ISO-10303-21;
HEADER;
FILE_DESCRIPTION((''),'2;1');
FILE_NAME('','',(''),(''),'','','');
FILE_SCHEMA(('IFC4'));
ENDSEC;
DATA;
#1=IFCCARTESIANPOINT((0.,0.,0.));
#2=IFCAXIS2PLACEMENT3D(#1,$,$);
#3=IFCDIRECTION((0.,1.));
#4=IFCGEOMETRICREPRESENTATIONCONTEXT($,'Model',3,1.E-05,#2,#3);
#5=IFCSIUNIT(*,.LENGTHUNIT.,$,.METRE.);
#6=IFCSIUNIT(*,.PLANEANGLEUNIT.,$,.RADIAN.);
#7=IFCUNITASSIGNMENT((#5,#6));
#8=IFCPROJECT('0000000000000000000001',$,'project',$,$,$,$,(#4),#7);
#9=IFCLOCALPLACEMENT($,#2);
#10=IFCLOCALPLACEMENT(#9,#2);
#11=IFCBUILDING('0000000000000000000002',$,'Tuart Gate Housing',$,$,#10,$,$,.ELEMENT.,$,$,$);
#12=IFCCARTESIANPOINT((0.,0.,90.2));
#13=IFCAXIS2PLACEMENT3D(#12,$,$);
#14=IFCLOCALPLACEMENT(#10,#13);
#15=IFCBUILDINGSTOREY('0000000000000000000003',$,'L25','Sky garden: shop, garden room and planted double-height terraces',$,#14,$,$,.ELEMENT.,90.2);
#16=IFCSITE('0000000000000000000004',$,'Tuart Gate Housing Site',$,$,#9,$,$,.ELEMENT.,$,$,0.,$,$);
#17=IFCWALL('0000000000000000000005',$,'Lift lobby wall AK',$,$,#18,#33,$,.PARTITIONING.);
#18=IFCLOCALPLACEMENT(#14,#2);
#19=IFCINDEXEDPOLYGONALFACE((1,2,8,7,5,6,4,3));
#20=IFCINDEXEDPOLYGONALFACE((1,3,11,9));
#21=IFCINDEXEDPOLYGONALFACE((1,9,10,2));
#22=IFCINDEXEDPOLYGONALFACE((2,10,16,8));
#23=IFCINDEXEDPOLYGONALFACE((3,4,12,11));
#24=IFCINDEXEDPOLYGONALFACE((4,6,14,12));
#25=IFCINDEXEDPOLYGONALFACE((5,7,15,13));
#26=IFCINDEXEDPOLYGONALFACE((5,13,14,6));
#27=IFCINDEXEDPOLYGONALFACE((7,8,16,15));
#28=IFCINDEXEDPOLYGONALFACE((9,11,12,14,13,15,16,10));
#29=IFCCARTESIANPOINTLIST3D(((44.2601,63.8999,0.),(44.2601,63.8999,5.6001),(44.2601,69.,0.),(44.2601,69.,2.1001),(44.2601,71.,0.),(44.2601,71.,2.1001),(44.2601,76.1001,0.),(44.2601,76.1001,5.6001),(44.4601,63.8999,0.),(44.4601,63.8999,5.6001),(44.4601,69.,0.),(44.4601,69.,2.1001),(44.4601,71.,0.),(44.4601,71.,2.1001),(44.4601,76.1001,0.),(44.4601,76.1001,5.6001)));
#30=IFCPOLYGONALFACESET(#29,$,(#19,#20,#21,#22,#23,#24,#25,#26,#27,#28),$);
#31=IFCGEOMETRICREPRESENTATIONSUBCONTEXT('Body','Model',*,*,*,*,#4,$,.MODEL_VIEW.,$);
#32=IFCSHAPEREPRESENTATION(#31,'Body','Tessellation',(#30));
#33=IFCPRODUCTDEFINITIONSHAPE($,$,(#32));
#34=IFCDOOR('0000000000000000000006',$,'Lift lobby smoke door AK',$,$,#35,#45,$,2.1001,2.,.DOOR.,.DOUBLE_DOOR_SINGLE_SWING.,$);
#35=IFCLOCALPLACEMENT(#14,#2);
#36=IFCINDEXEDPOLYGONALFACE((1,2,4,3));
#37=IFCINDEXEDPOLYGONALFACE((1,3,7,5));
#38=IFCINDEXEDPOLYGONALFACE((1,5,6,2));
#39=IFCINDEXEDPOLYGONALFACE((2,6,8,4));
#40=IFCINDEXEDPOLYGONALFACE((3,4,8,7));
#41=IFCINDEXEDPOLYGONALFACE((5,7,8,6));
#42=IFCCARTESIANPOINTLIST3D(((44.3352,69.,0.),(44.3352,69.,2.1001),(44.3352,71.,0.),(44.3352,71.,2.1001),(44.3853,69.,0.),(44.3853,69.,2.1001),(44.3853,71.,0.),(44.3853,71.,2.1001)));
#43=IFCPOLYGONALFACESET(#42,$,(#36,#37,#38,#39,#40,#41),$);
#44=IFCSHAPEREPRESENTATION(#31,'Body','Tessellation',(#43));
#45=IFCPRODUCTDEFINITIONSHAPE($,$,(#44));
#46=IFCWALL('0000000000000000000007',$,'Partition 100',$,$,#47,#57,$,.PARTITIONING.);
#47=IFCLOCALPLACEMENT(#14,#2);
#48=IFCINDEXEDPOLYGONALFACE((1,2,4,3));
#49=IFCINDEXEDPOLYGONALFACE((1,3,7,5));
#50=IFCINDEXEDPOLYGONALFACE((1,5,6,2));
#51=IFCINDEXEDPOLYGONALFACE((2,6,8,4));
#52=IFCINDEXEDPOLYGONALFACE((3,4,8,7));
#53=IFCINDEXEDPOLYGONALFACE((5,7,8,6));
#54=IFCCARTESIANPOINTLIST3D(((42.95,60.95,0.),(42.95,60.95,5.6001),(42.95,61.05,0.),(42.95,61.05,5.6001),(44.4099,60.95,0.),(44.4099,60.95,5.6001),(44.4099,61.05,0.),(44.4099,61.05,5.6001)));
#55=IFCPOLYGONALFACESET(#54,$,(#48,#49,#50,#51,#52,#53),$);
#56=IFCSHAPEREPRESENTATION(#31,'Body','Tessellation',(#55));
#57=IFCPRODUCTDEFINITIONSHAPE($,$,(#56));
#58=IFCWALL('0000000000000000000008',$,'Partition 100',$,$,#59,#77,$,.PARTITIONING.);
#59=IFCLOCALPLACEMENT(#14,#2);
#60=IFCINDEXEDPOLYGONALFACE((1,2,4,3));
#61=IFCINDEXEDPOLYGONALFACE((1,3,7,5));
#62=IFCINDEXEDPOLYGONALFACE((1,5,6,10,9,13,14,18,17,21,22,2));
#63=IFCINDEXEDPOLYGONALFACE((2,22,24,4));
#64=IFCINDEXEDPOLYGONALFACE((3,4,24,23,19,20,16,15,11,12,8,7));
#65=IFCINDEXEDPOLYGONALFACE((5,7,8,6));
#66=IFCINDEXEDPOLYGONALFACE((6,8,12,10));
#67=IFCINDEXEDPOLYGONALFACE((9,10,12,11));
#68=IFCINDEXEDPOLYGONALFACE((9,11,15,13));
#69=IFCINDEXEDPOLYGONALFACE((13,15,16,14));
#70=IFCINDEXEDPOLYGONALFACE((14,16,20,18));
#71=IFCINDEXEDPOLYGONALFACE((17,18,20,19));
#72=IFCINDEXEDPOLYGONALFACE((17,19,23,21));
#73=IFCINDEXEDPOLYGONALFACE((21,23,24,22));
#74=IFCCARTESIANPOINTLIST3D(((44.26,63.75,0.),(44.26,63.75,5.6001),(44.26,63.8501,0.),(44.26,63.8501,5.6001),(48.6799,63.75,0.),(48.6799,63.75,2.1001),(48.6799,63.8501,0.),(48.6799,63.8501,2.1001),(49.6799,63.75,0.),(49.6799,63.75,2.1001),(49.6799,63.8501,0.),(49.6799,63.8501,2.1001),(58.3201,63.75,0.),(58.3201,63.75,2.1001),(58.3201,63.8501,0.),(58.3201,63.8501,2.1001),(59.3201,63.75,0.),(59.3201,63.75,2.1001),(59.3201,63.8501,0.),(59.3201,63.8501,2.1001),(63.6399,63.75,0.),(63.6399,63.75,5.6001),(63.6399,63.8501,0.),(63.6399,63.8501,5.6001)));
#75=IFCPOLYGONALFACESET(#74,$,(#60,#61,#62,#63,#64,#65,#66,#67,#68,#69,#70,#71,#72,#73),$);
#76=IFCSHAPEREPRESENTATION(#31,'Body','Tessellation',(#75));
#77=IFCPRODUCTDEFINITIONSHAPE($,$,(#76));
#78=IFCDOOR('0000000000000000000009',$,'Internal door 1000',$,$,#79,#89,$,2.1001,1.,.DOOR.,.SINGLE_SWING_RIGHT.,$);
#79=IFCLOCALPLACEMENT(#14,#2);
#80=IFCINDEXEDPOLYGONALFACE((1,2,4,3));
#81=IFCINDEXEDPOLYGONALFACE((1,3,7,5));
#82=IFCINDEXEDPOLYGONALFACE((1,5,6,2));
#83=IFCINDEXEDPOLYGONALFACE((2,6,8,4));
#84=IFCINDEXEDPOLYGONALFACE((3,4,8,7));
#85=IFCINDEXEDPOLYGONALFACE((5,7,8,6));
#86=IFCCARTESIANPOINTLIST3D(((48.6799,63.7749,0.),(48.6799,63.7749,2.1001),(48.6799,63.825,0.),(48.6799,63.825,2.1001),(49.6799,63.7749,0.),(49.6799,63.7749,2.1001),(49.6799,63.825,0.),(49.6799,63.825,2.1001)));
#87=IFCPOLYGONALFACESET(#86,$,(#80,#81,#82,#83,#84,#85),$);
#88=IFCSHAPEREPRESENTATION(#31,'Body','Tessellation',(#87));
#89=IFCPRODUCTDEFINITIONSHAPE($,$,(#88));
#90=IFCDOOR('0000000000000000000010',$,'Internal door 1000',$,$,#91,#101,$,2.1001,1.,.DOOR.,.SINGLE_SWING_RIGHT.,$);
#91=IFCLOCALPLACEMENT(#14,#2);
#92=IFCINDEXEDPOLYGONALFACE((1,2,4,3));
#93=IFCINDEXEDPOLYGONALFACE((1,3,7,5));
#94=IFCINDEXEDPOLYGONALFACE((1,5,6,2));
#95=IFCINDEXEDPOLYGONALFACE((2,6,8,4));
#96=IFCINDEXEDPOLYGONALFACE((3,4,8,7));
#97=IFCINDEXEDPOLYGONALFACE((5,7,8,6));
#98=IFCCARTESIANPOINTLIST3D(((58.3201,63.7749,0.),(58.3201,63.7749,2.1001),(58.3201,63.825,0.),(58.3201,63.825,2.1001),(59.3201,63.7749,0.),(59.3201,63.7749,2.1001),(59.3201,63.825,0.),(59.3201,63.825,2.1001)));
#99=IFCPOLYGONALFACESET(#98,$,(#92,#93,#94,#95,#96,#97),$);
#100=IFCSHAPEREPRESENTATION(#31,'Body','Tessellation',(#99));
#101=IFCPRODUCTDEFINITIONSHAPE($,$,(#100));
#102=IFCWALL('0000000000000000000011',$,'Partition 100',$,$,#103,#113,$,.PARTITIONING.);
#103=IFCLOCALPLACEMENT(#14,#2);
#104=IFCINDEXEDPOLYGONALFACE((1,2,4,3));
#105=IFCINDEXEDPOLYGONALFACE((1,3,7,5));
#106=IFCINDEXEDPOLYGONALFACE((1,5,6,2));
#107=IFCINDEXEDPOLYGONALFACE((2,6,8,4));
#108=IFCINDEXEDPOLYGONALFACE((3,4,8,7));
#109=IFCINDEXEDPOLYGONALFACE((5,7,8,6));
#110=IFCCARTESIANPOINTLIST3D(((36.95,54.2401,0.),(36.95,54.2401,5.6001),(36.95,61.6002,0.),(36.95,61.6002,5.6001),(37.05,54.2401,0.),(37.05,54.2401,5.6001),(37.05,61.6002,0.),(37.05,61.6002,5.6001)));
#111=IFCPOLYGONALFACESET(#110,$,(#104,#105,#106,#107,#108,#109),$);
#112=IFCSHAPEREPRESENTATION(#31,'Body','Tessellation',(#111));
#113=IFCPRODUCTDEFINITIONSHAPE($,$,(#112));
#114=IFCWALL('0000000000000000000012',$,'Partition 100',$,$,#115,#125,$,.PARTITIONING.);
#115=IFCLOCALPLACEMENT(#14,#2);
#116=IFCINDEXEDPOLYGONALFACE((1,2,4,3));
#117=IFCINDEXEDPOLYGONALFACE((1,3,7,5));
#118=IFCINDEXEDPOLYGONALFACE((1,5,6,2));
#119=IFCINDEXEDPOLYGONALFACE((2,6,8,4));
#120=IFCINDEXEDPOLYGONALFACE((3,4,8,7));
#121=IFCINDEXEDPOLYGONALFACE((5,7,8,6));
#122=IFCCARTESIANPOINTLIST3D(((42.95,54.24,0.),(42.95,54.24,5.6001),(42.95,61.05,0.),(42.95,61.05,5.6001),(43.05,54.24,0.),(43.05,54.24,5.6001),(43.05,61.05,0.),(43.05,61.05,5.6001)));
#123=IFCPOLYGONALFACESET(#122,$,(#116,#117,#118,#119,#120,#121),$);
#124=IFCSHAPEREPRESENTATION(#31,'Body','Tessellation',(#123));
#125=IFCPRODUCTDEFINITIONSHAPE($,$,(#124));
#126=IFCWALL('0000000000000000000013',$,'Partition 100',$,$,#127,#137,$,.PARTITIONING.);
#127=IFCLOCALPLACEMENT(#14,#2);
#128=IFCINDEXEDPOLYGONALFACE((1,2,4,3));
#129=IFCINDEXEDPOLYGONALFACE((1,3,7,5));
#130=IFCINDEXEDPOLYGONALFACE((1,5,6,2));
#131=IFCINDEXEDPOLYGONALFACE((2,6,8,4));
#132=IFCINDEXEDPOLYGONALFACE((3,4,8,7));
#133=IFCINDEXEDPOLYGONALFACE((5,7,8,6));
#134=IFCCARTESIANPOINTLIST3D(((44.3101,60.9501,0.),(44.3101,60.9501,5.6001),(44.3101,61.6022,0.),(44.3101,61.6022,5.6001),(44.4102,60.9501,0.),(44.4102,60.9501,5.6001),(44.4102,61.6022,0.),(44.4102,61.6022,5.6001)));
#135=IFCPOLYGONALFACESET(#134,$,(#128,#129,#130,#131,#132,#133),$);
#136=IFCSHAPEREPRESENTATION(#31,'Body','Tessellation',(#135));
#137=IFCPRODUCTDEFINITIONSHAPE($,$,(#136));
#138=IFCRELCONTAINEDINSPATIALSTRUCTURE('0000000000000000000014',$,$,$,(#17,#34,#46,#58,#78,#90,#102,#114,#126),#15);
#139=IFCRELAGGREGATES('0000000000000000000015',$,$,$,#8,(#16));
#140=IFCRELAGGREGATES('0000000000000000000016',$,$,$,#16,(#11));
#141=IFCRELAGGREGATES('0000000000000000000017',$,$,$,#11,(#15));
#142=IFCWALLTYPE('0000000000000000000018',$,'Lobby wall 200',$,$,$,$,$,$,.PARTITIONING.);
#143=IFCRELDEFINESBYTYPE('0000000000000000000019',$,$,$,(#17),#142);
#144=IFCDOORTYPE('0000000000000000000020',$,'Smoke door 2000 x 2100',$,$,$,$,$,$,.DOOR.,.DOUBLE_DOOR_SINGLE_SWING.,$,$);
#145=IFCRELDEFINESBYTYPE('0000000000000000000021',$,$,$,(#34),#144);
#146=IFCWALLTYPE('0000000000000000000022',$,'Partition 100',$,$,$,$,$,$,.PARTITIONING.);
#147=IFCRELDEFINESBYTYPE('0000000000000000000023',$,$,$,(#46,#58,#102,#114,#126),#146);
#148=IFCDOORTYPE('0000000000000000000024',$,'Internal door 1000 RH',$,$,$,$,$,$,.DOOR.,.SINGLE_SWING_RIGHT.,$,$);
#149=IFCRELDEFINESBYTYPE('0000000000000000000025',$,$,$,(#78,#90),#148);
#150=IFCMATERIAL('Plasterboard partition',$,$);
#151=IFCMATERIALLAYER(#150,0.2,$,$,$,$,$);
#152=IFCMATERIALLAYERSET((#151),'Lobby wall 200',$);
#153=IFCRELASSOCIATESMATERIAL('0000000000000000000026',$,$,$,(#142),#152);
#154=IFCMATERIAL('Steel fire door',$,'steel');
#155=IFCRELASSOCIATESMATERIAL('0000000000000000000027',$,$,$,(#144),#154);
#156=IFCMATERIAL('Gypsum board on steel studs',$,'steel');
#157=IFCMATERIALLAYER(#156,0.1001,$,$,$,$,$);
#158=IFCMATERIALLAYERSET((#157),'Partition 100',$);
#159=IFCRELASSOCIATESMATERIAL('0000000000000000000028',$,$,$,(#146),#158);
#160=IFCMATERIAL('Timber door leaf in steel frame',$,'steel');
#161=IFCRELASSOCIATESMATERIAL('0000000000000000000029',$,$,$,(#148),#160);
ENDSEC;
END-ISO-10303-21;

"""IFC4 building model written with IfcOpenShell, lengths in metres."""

from ifc_helpers import new_model, si_unit, direction, frame, frame_2d, origin, place, context, subcontext, project, spatial, rectangle, extrude, material, layer, layer_set, type_object, element, fill, save


model = new_model("IFC4")

# Units and contexts
model_context = context("Model", 3, precision=1e-05, world=origin(), true_north=direction((0.0, 1.0)))
body_context = subcontext(model_context, "Body", "Model", "MODEL_VIEW")
ifc_project = project(units=[si_unit("LENGTHUNIT", "METRE"), si_unit("PLANEANGLEUNIT", "RADIAN")], contexts=[model_context])

# Site, building, storey
site_placement = place(None, origin())
site = spatial("IfcSite", under=ifc_project, at=site_placement, Name="Tuart Gate Housing Site", CompositionType="ELEMENT", RefElevation=0.0)
building_placement = place(site_placement, origin())
building = spatial("IfcBuilding", under=site, at=building_placement, Name="Tuart Gate Housing", CompositionType="ELEMENT")
storey_placement = place(building_placement, frame((0.0, 0.0, 90.2)))
storey = spatial("IfcBuildingStorey", under=building, at=storey_placement, Name="L25", Description="Sky garden: shop, garden room and planted double-height terraces", CompositionType="ELEMENT", Elevation=90.2)

# Wall, opening, door
ifc_material_1 = material(Name="Plasterboard partition")
ifc_layer_1 = layer(ifc_material_1, 0.2)
ifc_layer_set_1 = layer_set([ifc_layer_1], Name="Lobby wall 200")
wall_type_1 = type_object("IfcWallType", Name="Lobby wall 200", PredefinedType="PARTITIONING", material=ifc_layer_set_1)
wall_1_placement = place(storey_placement, frame((44.3601, 63.8999, 0.0), z_axis=(0.0, 0.0, 1.0), x_axis=(0.0, 1.0, 0.0)))
wall_1 = element("IfcWall", 1, at=wall_1_placement, inside=storey, type_object=wall_type_1, Name="Lift lobby wall AK", PredefinedType="PARTITIONING", context=body_context, shape_type="SweptSolid", body=[
    extrude(rectangle(XDim=12.2002, YDim=0.2, at=frame_2d((6.1001, 0.0))), origin(), (0.0, 0.0, 1.0), 5.6001),
])
opening_1_placement = place(wall_1_placement, frame((5.1001, 0.0, 0.0)))
opening_1 = element("IfcOpeningElement", 2, at=opening_1_placement, cuts=wall_1, PredefinedType="OPENING", context=body_context, shape_type="SweptSolid", body=[
    extrude(rectangle(XDim=2.0, YDim=2.1001, at=frame_2d((1.0, 1.05))), frame((0.0, 0.1099, 0.0), z_axis=(0.0, -1.0, 0.0), x_axis=(1.0, 0.0, 0.0)), (0.0, 0.0, 1.0), 0.22),
])
ifc_material_2 = material(Name="Steel fire door", Category="steel")
door_type_1 = type_object("IfcDoorType", Name="Smoke door 2000 x 2100", OperationType="DOUBLE_DOOR_SINGLE_SWING", PredefinedType="DOOR", material=ifc_material_2)
door_1_placement = place(opening_1_placement, origin())
door_1 = element("IfcDoor", 3, at=door_1_placement, inside=storey, type_object=door_type_1, Name="Lift lobby smoke door AK", OperationType="DOUBLE_DOOR_SINGLE_SWING", OverallHeight=2.1001, OverallWidth=2.0, PredefinedType="DOOR", context=body_context, shape_type="SweptSolid", body=[
    extrude(rectangle(XDim=2.0, YDim=2.1001, at=frame_2d((1.0, 1.05))), frame((0.0, 0.0249, 0.0), z_axis=(0.0, -1.0, 0.0), x_axis=(1.0, 0.0, 0.0)), (0.0, 0.0, 1.0), 0.05),
])
fill(opening_1, door_1)

# Wall
ifc_material_3 = material(Name="Gypsum board on steel studs", Category="steel")
ifc_layer_2 = layer(ifc_material_3, 0.1001)
ifc_layer_set_2 = layer_set([ifc_layer_2], Name="Partition 100")
wall_type_2 = type_object("IfcWallType", Name="Partition 100", PredefinedType="PARTITIONING", material=ifc_layer_set_2)
wall_2_placement = place(storey_placement, frame((42.95, 61.0, 0.0), z_axis=(0.0, 0.0, 1.0), x_axis=(1.0, 0.0, 0.0)))
element("IfcWall", 4, at=wall_2_placement, inside=storey, type_object=wall_type_2, Name="Partition 100", PredefinedType="PARTITIONING", context=body_context, shape_type="SweptSolid", body=[
    extrude(rectangle(XDim=1.46, YDim=0.1001, at=frame_2d((0.73, 0.0))), origin(), (0.0, 0.0, 1.0), 5.6001),
])

# Wall, openings, doors
wall_3_placement = place(storey_placement, frame((44.26, 63.8, 0.0), z_axis=(0.0, 0.0, 1.0), x_axis=(1.0, 0.0, 0.0)))
wall_3 = element("IfcWall", 5, at=wall_3_placement, inside=storey, type_object=wall_type_2, Name="Partition 100", PredefinedType="PARTITIONING", context=body_context, shape_type="SweptSolid", body=[
    extrude(rectangle(XDim=19.3799, YDim=0.1001, at=frame_2d((9.6899, 0.0))), origin(), (0.0, 0.0, 1.0), 5.6001),
])
opening_2_placement = place(wall_3_placement, frame((4.4199, 0.0, 0.0)))
opening_2 = element("IfcOpeningElement", 6, at=opening_2_placement, cuts=wall_3, PredefinedType="OPENING", context=body_context, shape_type="SweptSolid", body=[
    extrude(rectangle(XDim=1.0, YDim=2.1001, at=frame_2d((0.5, 1.05))), frame((0.0, 0.0601, 0.0), z_axis=(0.0, -1.0, 0.0), x_axis=(1.0, 0.0, 0.0)), (0.0, 0.0, 1.0), 0.1201),
])
opening_3_placement = place(wall_3_placement, frame((14.0601, 0.0, 0.0)))
opening_3 = element("IfcOpeningElement", 7, at=opening_3_placement, cuts=wall_3, PredefinedType="OPENING", context=body_context, shape_type="SweptSolid", body=[
    extrude(rectangle(XDim=1.0, YDim=2.1001, at=frame_2d((0.5, 1.05))), frame((0.0, 0.0601, 0.0), z_axis=(0.0, -1.0, 0.0), x_axis=(1.0, 0.0, 0.0)), (0.0, 0.0, 1.0), 0.1201),
])
ifc_material_4 = material(Name="Timber door leaf in steel frame", Category="steel")
door_type_2 = type_object("IfcDoorType", Name="Internal door 1000 RH", OperationType="SINGLE_SWING_RIGHT", PredefinedType="DOOR", material=ifc_material_4)
door_2_placement = place(opening_2_placement, frame((1.0, 0.0, 0.0), z_axis=(0.0, 0.0, 1.0), x_axis=(-1.0, 0.0, 0.0)))
door_2 = element("IfcDoor", 8, at=door_2_placement, inside=storey, type_object=door_type_2, Name="Internal door 1000", OperationType="SINGLE_SWING_RIGHT", OverallHeight=2.1001, OverallWidth=1.0, PredefinedType="DOOR", context=body_context, shape_type="SweptSolid", body=[
    extrude(rectangle(XDim=1.0, YDim=2.1001, at=frame_2d((0.5, 1.05))), frame((0.0, 0.0251, 0.0), z_axis=(0.0, -1.0, 0.0), x_axis=(1.0, 0.0, 0.0)), (0.0, 0.0, 1.0), 0.05),
])
fill(opening_2, door_2)
door_3_placement = place(opening_3_placement, frame((1.0, 0.0, 0.0), z_axis=(0.0, 0.0, 1.0), x_axis=(-1.0, 0.0, 0.0)))
door_3 = element("IfcDoor", 9, at=door_3_placement, inside=storey, type_object=door_type_2, Name="Internal door 1000", OperationType="SINGLE_SWING_RIGHT", OverallHeight=2.1001, OverallWidth=1.0, PredefinedType="DOOR", context=body_context, shape_type="SweptSolid", body=[
    extrude(rectangle(XDim=1.0, YDim=2.1001, at=frame_2d((0.5, 1.05))), frame((0.0, 0.0251, 0.0), z_axis=(0.0, -1.0, 0.0), x_axis=(1.0, 0.0, 0.0)), (0.0, 0.0, 1.0), 0.05),
])
fill(opening_3, door_3)

# Walls
wall_4_placement = place(storey_placement, frame((37.0, 54.24, 0.0), z_axis=(0.0, 0.0, 1.0), x_axis=(0.0, 1.0, 0.0)))
element("IfcWall", 10, at=wall_4_placement, inside=storey, type_object=wall_type_2, Name="Partition 100", PredefinedType="PARTITIONING", context=body_context, shape_type="SweptSolid", body=[
    extrude(rectangle(XDim=7.3601, YDim=0.1001, at=frame_2d((3.6802, 0.0))), origin(), (0.0, 0.0, 1.0), 5.6001),
])
wall_5_placement = place(storey_placement, frame((43.0, 54.24, 0.0), z_axis=(0.0, 0.0, 1.0), x_axis=(0.0, 1.0, 0.0)))
element("IfcWall", 11, at=wall_5_placement, inside=storey, type_object=wall_type_2, Name="Partition 100", PredefinedType="PARTITIONING", context=body_context, shape_type="SweptSolid", body=[
    extrude(rectangle(XDim=6.8101, YDim=0.1001, at=frame_2d((3.405, 0.0))), origin(), (0.0, 0.0, 1.0), 5.6001),
])
wall_6_placement = place(storey_placement, frame((44.3601, 60.95, 0.0), z_axis=(0.0, 0.0, 1.0), x_axis=(0.0, 1.0, 0.0)))
element("IfcWall", 12, at=wall_6_placement, inside=storey, type_object=wall_type_2, Name="Partition 100", PredefinedType="PARTITIONING", context=body_context, shape_type="SweptSolid", body=[
    extrude(rectangle(XDim=0.6521, YDim=0.1001, at=frame_2d((0.3262, 0.0))), origin(), (0.0, 0.0, 1.0), 5.6001),
])

save(model, "model.ifc")
